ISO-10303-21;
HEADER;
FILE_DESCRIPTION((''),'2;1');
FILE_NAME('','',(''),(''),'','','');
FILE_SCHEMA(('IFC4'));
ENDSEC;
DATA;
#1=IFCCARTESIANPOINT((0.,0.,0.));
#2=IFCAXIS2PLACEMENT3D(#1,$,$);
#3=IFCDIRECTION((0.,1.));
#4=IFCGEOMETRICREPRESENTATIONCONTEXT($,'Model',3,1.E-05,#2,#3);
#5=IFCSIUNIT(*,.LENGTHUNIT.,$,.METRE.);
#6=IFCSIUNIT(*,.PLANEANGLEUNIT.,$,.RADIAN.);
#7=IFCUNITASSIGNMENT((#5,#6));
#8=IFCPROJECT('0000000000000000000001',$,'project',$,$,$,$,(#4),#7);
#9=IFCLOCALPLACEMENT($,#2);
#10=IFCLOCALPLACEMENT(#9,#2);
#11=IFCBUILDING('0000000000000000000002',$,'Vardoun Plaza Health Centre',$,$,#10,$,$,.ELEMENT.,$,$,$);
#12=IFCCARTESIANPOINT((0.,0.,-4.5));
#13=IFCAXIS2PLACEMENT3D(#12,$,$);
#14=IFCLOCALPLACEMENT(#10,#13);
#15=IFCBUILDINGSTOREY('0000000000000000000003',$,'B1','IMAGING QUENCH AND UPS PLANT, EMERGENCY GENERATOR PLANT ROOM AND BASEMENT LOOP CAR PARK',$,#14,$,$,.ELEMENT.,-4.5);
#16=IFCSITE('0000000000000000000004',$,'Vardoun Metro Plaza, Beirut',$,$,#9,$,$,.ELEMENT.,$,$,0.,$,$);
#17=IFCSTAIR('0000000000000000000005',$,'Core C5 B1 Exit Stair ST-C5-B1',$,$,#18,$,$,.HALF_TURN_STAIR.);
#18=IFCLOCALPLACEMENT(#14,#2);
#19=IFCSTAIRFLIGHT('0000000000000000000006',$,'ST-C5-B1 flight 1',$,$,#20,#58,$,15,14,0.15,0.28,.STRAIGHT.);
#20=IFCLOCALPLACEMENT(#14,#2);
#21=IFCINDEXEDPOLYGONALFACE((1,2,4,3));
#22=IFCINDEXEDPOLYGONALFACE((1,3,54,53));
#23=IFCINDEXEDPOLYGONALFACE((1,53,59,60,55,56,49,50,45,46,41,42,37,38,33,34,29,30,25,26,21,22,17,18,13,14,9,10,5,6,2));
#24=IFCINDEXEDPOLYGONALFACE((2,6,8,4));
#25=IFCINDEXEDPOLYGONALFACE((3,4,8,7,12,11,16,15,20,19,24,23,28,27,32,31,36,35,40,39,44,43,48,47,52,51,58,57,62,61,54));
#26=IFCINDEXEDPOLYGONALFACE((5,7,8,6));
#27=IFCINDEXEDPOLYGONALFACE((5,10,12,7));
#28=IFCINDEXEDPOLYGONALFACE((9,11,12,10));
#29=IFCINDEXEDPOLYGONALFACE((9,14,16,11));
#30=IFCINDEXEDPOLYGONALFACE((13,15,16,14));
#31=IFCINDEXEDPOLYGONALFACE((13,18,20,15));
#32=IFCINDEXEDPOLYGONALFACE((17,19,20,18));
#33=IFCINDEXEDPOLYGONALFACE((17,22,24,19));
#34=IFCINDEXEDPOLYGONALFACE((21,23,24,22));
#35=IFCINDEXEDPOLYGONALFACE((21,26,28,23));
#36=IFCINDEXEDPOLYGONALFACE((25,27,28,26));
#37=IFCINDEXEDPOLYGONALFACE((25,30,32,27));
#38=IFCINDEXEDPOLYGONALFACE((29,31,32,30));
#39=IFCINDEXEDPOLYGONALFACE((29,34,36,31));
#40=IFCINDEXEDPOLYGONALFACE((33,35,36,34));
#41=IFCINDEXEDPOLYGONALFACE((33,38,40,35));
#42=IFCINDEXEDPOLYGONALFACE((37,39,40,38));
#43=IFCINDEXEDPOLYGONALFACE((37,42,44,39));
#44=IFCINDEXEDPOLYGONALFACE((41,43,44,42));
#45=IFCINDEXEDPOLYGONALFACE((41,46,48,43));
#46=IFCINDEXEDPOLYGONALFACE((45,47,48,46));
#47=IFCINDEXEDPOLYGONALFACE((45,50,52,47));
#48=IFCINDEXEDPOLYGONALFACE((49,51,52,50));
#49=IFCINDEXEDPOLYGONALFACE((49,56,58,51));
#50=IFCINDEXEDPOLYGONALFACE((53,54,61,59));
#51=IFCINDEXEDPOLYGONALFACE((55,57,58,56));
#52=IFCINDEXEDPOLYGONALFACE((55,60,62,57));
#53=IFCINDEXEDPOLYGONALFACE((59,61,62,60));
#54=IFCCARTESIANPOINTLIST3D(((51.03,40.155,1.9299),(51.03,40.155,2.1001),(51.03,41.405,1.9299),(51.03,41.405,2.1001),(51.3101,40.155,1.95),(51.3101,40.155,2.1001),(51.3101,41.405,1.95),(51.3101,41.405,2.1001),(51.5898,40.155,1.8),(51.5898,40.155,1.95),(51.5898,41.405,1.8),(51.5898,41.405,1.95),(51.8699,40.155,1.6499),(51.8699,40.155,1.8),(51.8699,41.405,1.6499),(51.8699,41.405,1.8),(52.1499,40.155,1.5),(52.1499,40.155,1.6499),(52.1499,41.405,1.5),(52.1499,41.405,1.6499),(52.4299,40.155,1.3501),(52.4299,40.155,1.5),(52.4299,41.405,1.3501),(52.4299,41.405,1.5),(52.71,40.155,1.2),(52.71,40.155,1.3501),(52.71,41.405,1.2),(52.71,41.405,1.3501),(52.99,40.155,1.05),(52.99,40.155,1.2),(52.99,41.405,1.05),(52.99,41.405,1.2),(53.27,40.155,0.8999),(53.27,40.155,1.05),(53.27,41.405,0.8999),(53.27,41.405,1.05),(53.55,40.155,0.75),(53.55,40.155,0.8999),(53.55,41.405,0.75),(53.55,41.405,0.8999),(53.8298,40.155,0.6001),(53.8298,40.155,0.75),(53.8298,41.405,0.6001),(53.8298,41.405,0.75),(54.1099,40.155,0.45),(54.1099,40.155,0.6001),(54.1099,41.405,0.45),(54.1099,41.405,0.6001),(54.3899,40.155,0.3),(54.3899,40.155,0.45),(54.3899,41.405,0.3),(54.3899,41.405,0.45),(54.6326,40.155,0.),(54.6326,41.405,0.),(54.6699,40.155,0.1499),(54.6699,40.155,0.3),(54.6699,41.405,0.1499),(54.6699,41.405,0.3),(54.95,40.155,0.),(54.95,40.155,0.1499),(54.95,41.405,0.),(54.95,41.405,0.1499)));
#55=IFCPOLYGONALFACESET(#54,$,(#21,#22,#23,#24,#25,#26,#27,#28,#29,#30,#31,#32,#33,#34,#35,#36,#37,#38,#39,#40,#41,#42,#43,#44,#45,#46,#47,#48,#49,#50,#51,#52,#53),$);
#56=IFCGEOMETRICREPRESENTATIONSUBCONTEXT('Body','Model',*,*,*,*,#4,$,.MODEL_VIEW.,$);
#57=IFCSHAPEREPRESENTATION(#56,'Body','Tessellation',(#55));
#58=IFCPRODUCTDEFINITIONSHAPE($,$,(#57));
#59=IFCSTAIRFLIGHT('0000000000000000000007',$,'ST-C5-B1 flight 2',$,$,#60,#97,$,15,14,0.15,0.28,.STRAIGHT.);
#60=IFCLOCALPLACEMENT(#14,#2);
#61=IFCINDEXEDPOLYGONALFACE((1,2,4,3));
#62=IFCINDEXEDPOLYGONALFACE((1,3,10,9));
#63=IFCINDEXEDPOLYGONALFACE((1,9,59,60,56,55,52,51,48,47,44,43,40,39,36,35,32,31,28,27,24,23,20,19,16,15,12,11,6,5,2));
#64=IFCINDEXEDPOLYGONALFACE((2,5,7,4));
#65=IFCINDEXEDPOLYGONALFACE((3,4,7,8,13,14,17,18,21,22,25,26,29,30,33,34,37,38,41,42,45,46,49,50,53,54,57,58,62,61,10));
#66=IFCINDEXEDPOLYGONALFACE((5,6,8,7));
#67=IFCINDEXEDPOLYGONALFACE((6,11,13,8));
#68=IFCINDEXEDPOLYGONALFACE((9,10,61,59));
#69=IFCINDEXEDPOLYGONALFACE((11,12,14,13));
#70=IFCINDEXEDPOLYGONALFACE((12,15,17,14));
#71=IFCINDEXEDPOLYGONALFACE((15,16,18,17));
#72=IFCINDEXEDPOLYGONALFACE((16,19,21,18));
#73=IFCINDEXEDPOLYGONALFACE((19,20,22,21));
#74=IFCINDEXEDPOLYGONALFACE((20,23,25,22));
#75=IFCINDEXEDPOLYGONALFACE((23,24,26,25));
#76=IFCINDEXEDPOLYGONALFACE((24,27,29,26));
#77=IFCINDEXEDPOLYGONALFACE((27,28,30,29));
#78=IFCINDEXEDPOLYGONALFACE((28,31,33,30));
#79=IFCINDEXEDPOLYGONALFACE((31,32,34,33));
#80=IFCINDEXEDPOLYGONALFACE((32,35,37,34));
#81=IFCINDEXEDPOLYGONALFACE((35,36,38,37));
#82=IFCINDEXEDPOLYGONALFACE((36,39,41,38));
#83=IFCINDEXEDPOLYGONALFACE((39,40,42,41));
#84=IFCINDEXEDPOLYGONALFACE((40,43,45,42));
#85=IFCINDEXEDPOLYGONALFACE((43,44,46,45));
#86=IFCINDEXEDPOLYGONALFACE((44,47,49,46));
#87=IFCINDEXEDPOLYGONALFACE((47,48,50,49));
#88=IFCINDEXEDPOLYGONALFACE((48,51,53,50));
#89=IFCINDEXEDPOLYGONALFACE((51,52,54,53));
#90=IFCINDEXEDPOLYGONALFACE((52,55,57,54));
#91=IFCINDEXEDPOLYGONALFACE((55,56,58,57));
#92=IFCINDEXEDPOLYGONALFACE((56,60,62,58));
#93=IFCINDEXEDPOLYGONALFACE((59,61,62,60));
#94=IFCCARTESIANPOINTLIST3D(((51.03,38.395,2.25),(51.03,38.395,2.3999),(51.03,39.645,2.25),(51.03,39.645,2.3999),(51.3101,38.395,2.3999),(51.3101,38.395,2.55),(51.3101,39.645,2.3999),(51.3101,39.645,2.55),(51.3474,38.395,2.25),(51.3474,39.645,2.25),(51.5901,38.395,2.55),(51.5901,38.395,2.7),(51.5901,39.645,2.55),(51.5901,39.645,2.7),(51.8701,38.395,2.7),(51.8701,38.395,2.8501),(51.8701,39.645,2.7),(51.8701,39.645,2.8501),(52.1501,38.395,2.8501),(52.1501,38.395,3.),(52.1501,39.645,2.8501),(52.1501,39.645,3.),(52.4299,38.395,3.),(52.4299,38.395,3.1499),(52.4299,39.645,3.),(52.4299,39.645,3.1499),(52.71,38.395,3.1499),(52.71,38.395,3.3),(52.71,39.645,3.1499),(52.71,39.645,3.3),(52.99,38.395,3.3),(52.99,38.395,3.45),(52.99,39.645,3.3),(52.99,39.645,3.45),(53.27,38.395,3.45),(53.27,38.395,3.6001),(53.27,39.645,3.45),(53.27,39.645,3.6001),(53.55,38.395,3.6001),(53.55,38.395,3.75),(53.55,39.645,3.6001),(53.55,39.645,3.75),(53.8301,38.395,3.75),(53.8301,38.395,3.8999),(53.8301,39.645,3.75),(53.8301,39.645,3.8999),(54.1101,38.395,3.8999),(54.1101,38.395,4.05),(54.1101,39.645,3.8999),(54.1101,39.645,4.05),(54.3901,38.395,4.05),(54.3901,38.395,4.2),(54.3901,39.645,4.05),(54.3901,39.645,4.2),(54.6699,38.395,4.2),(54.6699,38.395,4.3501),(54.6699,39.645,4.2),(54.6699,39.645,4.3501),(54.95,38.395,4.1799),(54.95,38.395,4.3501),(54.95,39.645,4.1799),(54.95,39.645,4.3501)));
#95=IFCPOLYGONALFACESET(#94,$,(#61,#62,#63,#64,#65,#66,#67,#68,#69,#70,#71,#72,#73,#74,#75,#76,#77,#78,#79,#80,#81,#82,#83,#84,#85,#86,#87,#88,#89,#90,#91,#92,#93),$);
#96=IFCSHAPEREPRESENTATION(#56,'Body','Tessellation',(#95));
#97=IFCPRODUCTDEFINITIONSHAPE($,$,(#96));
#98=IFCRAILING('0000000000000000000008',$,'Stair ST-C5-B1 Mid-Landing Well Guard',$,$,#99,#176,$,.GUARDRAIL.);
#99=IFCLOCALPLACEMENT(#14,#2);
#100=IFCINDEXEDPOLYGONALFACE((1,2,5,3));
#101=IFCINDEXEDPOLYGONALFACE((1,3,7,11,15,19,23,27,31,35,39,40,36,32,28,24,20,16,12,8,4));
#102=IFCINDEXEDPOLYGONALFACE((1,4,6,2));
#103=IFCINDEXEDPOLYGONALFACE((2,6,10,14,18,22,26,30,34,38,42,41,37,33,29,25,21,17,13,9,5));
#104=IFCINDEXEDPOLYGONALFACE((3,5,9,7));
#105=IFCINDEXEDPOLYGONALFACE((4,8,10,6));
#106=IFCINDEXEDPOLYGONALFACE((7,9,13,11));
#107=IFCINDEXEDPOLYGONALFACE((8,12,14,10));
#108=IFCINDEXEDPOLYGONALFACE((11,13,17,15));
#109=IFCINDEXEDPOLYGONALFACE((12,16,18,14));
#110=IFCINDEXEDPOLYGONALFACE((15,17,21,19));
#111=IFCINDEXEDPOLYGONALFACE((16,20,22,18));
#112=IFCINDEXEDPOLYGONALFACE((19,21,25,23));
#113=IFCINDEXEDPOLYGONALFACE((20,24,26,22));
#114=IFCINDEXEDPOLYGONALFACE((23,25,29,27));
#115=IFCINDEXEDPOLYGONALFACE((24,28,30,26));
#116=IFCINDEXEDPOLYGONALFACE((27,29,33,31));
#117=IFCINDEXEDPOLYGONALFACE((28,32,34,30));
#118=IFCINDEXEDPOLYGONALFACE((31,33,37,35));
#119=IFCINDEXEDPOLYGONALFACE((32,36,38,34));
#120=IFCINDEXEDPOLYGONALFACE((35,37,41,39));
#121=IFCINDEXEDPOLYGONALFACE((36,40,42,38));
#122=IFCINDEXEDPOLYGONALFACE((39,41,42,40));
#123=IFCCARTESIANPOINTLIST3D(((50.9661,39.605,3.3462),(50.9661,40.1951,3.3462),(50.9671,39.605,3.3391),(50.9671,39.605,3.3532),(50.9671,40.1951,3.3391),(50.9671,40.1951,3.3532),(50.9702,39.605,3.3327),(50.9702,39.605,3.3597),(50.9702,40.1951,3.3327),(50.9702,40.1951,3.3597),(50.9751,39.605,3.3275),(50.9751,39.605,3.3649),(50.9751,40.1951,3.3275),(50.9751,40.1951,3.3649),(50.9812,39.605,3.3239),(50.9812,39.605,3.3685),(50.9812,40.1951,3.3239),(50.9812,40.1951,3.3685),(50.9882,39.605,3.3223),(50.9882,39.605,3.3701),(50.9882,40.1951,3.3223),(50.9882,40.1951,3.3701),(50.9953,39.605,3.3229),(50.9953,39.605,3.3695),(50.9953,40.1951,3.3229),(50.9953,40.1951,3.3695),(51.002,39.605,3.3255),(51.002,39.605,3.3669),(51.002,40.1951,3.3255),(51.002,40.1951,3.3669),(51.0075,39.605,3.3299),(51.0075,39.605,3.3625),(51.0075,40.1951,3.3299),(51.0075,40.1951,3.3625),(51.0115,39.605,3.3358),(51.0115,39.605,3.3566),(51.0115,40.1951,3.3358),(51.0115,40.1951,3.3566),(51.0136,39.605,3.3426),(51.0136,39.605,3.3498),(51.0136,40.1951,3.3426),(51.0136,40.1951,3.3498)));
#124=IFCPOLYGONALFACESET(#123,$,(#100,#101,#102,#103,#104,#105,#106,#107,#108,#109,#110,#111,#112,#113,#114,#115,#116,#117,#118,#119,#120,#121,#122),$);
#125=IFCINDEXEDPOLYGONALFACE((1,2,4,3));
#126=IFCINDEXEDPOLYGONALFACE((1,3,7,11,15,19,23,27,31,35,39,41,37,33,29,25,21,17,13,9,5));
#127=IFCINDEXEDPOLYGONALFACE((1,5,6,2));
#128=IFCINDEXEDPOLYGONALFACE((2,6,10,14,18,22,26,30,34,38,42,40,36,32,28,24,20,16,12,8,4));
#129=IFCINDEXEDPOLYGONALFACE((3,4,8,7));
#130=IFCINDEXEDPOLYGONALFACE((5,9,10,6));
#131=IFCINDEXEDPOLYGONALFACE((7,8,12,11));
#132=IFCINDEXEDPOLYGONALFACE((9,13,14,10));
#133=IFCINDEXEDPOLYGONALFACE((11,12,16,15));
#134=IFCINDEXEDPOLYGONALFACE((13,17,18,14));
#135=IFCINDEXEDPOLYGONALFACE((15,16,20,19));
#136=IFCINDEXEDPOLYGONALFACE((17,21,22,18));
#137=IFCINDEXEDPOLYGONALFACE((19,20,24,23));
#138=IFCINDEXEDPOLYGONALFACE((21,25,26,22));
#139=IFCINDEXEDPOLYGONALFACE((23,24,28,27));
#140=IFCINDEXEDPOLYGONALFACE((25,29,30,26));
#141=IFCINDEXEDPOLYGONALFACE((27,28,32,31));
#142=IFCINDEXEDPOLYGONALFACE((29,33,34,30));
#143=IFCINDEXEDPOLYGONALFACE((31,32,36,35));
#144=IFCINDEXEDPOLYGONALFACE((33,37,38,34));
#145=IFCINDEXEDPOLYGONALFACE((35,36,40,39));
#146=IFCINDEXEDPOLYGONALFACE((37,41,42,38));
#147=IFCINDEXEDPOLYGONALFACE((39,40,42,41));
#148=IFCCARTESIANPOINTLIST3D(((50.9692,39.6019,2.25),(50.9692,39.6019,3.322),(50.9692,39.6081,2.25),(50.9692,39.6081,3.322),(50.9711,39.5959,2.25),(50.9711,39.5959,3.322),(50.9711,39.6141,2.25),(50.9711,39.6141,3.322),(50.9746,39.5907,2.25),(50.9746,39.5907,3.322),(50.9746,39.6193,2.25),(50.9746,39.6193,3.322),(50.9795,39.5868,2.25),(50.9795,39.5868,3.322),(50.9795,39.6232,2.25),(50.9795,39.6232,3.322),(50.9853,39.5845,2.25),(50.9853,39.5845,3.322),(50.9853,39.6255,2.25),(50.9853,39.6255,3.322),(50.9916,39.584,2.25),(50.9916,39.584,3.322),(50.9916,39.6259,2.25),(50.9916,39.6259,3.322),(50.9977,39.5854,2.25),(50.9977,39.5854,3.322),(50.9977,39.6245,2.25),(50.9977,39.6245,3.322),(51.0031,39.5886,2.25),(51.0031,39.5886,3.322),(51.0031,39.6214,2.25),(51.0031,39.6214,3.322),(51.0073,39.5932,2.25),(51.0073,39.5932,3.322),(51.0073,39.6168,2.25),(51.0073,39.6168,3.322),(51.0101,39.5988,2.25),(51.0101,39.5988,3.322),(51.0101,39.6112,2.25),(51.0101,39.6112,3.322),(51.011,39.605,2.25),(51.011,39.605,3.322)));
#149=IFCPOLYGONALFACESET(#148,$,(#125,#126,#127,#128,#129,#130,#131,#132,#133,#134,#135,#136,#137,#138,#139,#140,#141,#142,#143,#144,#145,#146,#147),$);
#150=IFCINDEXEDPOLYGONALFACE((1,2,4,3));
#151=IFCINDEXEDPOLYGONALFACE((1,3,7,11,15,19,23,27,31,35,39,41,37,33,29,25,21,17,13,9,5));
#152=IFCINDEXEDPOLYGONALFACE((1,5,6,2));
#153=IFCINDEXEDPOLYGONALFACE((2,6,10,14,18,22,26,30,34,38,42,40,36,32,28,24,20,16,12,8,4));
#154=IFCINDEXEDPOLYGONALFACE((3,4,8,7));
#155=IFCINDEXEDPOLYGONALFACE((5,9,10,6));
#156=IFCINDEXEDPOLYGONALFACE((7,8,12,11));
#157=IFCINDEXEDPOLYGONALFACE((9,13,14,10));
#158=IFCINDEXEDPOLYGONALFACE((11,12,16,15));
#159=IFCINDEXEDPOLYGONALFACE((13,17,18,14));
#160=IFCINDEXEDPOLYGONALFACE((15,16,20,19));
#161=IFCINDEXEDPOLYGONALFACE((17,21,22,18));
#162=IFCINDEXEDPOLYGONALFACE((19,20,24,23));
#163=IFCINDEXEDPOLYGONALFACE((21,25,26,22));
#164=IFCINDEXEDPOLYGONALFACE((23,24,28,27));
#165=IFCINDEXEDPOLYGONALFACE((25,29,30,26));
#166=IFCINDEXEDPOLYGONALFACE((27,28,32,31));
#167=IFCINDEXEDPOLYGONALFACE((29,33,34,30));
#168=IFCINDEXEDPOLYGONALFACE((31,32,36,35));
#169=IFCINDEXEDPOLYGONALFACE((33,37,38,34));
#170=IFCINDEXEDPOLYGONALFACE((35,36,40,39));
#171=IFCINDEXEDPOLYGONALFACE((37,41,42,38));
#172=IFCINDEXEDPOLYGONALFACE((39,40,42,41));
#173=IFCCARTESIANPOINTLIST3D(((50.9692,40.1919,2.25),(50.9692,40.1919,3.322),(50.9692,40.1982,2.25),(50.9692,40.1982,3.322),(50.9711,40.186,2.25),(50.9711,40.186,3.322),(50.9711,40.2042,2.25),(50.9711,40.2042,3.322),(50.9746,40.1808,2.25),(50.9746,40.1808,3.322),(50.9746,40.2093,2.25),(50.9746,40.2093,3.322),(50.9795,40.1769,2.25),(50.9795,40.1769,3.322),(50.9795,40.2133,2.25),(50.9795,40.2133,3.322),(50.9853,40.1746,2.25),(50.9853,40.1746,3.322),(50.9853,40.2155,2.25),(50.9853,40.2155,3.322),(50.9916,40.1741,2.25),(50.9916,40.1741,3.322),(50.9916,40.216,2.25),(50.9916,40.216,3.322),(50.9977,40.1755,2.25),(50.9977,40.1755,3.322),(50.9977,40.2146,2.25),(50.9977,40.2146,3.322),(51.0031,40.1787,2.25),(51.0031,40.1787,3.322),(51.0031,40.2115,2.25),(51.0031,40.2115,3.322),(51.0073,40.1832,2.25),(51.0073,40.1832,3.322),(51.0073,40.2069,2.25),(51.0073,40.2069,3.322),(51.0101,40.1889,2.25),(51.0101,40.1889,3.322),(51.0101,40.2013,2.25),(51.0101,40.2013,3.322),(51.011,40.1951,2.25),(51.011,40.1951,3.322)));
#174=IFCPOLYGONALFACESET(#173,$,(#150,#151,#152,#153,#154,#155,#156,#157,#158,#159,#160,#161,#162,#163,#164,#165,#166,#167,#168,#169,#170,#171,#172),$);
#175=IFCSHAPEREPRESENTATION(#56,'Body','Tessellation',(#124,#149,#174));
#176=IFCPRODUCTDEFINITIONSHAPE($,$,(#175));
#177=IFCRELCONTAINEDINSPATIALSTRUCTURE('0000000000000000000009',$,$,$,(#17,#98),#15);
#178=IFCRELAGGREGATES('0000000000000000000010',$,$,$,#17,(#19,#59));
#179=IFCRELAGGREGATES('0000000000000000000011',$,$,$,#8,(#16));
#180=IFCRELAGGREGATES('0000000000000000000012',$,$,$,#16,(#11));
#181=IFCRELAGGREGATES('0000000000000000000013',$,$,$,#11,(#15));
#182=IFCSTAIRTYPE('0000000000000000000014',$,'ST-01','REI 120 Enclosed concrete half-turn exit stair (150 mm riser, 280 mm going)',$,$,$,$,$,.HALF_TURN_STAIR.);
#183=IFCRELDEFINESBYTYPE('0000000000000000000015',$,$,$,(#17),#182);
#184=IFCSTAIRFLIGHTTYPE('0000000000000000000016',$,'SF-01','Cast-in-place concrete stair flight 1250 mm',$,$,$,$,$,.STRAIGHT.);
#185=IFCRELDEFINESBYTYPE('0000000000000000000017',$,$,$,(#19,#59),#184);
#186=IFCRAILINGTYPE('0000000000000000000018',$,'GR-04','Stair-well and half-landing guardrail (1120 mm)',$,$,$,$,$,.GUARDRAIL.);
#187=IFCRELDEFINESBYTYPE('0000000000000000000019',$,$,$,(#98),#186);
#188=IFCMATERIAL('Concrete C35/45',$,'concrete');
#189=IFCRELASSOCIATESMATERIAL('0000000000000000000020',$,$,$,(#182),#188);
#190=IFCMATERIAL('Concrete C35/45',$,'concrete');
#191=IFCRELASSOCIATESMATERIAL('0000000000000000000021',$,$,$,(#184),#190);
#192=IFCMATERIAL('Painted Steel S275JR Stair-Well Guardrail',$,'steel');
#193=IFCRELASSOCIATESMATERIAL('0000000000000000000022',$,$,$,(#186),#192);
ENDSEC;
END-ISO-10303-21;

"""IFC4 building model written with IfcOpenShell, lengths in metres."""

from ifc_helpers import new_model, si_unit, direction, frame, origin, origin_2d, place, context, subcontext, project, spatial, polyline, circle, outline, extrude, material, type_object, element, aggregate, save


model = new_model("IFC4")

# Units and contexts
model_context = context("Model", 3, precision=1e-05, world=origin(), true_north=direction((0.0, 1.0)))
body_context = subcontext(model_context, "Body", "Model", "MODEL_VIEW")
ifc_project = project(units=[si_unit("LENGTHUNIT", "METRE"), si_unit("PLANEANGLEUNIT", "RADIAN")], contexts=[model_context])

# Site, building, storey
site_placement = place(None, origin())
site = spatial("IfcSite", under=ifc_project, at=site_placement, Name="Vardoun Metro Plaza, Beirut", CompositionType="ELEMENT", RefElevation=0.0)
building_placement = place(site_placement, origin())
building = spatial("IfcBuilding", under=site, at=building_placement, Name="Vardoun Plaza Health Centre", CompositionType="ELEMENT")
storey_placement = place(building_placement, frame((0.0, 0.0, -4.5)))
storey = spatial("IfcBuildingStorey", under=building, at=storey_placement, Name="B1", Description="IMAGING QUENCH AND UPS PLANT, EMERGENCY GENERATOR PLANT ROOM AND BASEMENT LOOP CAR PARK", CompositionType="ELEMENT", Elevation=-4.5)

# Stair, stair flights
ifc_material_1 = material(Name="Concrete C35/45", Category="concrete")
stair_type = type_object("IfcStairType", Name="ST-01", Description="REI 120 Enclosed concrete half-turn exit stair (150 mm riser, 280 mm going)", PredefinedType="HALF_TURN_STAIR", material=ifc_material_1)
stair_placement = place(storey_placement, origin())
stair = element("IfcStair", 1, at=stair_placement, inside=storey, type_object=stair_type, Name="Core C5 B1 Exit Stair ST-C5-B1", PredefinedType="HALF_TURN_STAIR")
ifc_material_2 = material(Name="Concrete C35/45", Category="concrete")
stair_flight_type = type_object("IfcStairFlightType", Name="SF-01", Description="Cast-in-place concrete stair flight 1250 mm", PredefinedType="STRAIGHT", material=ifc_material_2)
stair_flight_1_placement = place(storey_placement, frame((54.95, 40.78, 0.0), z_axis=(0.0, 0.0, 1.0), x_axis=(-1.0, 0.0, 0.0)))
stair_flight_1 = element("IfcStairFlight", 2, at=stair_flight_1_placement, type_object=stair_flight_type, Name="ST-C5-B1 flight 1", NumberOfRisers=15, NumberOfTreads=14, PredefinedType="STRAIGHT", RiserHeight=0.15, TreadLength=0.28, context=body_context, shape_type="SweptSolid", body=[
    extrude(outline(polyline([(0.0, 0.0), (0.0, 0.1499), (0.28, 0.1499), (0.28, 0.3), (0.5601, 0.3), (0.5601, 0.45), (0.8401, 0.45), (0.8401, 0.6001), (1.1201, 0.6001), (1.1201, 0.75), (1.3999, 0.75), (1.3999, 0.8999), (1.6799, 0.8999), (1.6799, 1.05), (1.96, 1.05), (1.96, 1.2), (2.24, 1.2), (2.24, 1.3501), (2.52, 1.3501), (2.52, 1.5), (2.8, 1.5), (2.8, 1.6499), (3.0801, 1.6499), (3.0801, 1.8), (3.3601, 1.8), (3.3601, 1.95), (3.6399, 1.95), (3.6399, 2.1001), (3.9199, 2.1001), (3.9199, 2.25), (3.9199, 1.9299), (0.3174, 0.0), (0.0, 0.0)])), frame((0.0, 0.625, 0.0), z_axis=(0.0, -1.0, 0.0), x_axis=(1.0, 0.0, 0.0)), (0.0, 0.0, 1.0), 1.25),
])
stair_flight_2_placement = place(storey_placement, frame((51.03, 39.02, 2.25), z_axis=(0.0, 0.0, 1.0), x_axis=(1.0, 0.0, 0.0)))
stair_flight_2 = element("IfcStairFlight", 3, at=stair_flight_2_placement, type_object=stair_flight_type, Name="ST-C5-B1 flight 2", NumberOfRisers=15, NumberOfTreads=14, PredefinedType="STRAIGHT", RiserHeight=0.15, TreadLength=0.28, context=body_context, shape_type="SweptSolid", body=[
    extrude(outline(polyline([(0.0, 0.0), (0.0, 0.1499), (0.28, 0.1499), (0.28, 0.3), (0.5601, 0.3), (0.5601, 0.45), (0.8401, 0.45), (0.8401, 0.6001), (1.1201, 0.6001), (1.1201, 0.75), (1.3999, 0.75), (1.3999, 0.8999), (1.6799, 0.8999), (1.6799, 1.05), (1.96, 1.05), (1.96, 1.2), (2.24, 1.2), (2.24, 1.3501), (2.52, 1.3501), (2.52, 1.5), (2.8, 1.5), (2.8, 1.6499), (3.0801, 1.6499), (3.0801, 1.8), (3.3601, 1.8), (3.3601, 1.95), (3.6399, 1.95), (3.6399, 2.1001), (3.9199, 2.1001), (3.9199, 2.25), (3.9199, 1.9299), (0.3174, 0.0), (0.0, 0.0)])), frame((0.0, 0.625, 0.0), z_axis=(0.0, -1.0, 0.0), x_axis=(1.0, 0.0, 0.0)), (0.0, 0.0, 1.0), 1.25),
])
aggregate(stair, [stair_flight_1, stair_flight_2])

# Railing
ifc_material_3 = material(Name="Painted Steel S275JR Stair-Well Guardrail", Category="steel")
railing_type_1 = type_object("IfcRailingType", Name="GR-04", Description="Stair-well and half-landing guardrail (1120 mm)", PredefinedType="GUARDRAIL", material=ifc_material_3)
railing_1_placement = place(storey_placement, frame((50.99, 39.605, 2.25)))
element("IfcRailing", 4, at=railing_1_placement, inside=storey, type_object=railing_type_1, Name="Stair ST-C5-B1 Mid-Landing Well Guard", PredefinedType="GUARDRAIL", context=body_context, shape_type="SweptSolid", body=[
    extrude(circle(Radius=0.0239, at=origin_2d()), frame((0.0, 0.0, 1.0962), z_axis=(0.0, 1.0, 0.0), x_axis=(-1.0, 0.0, 0.0)), (0.0, 0.0, 1.0), 0.5901),
    extrude(circle(Radius=0.021, at=origin_2d()), origin(), (0.0, 0.0, 1.0), 1.072),
    extrude(circle(Radius=0.021, at=origin_2d()), frame((0.0, 0.5901, 0.0)), (0.0, 0.0, 1.0), 1.072),
])

save(model, "model.ifc")
